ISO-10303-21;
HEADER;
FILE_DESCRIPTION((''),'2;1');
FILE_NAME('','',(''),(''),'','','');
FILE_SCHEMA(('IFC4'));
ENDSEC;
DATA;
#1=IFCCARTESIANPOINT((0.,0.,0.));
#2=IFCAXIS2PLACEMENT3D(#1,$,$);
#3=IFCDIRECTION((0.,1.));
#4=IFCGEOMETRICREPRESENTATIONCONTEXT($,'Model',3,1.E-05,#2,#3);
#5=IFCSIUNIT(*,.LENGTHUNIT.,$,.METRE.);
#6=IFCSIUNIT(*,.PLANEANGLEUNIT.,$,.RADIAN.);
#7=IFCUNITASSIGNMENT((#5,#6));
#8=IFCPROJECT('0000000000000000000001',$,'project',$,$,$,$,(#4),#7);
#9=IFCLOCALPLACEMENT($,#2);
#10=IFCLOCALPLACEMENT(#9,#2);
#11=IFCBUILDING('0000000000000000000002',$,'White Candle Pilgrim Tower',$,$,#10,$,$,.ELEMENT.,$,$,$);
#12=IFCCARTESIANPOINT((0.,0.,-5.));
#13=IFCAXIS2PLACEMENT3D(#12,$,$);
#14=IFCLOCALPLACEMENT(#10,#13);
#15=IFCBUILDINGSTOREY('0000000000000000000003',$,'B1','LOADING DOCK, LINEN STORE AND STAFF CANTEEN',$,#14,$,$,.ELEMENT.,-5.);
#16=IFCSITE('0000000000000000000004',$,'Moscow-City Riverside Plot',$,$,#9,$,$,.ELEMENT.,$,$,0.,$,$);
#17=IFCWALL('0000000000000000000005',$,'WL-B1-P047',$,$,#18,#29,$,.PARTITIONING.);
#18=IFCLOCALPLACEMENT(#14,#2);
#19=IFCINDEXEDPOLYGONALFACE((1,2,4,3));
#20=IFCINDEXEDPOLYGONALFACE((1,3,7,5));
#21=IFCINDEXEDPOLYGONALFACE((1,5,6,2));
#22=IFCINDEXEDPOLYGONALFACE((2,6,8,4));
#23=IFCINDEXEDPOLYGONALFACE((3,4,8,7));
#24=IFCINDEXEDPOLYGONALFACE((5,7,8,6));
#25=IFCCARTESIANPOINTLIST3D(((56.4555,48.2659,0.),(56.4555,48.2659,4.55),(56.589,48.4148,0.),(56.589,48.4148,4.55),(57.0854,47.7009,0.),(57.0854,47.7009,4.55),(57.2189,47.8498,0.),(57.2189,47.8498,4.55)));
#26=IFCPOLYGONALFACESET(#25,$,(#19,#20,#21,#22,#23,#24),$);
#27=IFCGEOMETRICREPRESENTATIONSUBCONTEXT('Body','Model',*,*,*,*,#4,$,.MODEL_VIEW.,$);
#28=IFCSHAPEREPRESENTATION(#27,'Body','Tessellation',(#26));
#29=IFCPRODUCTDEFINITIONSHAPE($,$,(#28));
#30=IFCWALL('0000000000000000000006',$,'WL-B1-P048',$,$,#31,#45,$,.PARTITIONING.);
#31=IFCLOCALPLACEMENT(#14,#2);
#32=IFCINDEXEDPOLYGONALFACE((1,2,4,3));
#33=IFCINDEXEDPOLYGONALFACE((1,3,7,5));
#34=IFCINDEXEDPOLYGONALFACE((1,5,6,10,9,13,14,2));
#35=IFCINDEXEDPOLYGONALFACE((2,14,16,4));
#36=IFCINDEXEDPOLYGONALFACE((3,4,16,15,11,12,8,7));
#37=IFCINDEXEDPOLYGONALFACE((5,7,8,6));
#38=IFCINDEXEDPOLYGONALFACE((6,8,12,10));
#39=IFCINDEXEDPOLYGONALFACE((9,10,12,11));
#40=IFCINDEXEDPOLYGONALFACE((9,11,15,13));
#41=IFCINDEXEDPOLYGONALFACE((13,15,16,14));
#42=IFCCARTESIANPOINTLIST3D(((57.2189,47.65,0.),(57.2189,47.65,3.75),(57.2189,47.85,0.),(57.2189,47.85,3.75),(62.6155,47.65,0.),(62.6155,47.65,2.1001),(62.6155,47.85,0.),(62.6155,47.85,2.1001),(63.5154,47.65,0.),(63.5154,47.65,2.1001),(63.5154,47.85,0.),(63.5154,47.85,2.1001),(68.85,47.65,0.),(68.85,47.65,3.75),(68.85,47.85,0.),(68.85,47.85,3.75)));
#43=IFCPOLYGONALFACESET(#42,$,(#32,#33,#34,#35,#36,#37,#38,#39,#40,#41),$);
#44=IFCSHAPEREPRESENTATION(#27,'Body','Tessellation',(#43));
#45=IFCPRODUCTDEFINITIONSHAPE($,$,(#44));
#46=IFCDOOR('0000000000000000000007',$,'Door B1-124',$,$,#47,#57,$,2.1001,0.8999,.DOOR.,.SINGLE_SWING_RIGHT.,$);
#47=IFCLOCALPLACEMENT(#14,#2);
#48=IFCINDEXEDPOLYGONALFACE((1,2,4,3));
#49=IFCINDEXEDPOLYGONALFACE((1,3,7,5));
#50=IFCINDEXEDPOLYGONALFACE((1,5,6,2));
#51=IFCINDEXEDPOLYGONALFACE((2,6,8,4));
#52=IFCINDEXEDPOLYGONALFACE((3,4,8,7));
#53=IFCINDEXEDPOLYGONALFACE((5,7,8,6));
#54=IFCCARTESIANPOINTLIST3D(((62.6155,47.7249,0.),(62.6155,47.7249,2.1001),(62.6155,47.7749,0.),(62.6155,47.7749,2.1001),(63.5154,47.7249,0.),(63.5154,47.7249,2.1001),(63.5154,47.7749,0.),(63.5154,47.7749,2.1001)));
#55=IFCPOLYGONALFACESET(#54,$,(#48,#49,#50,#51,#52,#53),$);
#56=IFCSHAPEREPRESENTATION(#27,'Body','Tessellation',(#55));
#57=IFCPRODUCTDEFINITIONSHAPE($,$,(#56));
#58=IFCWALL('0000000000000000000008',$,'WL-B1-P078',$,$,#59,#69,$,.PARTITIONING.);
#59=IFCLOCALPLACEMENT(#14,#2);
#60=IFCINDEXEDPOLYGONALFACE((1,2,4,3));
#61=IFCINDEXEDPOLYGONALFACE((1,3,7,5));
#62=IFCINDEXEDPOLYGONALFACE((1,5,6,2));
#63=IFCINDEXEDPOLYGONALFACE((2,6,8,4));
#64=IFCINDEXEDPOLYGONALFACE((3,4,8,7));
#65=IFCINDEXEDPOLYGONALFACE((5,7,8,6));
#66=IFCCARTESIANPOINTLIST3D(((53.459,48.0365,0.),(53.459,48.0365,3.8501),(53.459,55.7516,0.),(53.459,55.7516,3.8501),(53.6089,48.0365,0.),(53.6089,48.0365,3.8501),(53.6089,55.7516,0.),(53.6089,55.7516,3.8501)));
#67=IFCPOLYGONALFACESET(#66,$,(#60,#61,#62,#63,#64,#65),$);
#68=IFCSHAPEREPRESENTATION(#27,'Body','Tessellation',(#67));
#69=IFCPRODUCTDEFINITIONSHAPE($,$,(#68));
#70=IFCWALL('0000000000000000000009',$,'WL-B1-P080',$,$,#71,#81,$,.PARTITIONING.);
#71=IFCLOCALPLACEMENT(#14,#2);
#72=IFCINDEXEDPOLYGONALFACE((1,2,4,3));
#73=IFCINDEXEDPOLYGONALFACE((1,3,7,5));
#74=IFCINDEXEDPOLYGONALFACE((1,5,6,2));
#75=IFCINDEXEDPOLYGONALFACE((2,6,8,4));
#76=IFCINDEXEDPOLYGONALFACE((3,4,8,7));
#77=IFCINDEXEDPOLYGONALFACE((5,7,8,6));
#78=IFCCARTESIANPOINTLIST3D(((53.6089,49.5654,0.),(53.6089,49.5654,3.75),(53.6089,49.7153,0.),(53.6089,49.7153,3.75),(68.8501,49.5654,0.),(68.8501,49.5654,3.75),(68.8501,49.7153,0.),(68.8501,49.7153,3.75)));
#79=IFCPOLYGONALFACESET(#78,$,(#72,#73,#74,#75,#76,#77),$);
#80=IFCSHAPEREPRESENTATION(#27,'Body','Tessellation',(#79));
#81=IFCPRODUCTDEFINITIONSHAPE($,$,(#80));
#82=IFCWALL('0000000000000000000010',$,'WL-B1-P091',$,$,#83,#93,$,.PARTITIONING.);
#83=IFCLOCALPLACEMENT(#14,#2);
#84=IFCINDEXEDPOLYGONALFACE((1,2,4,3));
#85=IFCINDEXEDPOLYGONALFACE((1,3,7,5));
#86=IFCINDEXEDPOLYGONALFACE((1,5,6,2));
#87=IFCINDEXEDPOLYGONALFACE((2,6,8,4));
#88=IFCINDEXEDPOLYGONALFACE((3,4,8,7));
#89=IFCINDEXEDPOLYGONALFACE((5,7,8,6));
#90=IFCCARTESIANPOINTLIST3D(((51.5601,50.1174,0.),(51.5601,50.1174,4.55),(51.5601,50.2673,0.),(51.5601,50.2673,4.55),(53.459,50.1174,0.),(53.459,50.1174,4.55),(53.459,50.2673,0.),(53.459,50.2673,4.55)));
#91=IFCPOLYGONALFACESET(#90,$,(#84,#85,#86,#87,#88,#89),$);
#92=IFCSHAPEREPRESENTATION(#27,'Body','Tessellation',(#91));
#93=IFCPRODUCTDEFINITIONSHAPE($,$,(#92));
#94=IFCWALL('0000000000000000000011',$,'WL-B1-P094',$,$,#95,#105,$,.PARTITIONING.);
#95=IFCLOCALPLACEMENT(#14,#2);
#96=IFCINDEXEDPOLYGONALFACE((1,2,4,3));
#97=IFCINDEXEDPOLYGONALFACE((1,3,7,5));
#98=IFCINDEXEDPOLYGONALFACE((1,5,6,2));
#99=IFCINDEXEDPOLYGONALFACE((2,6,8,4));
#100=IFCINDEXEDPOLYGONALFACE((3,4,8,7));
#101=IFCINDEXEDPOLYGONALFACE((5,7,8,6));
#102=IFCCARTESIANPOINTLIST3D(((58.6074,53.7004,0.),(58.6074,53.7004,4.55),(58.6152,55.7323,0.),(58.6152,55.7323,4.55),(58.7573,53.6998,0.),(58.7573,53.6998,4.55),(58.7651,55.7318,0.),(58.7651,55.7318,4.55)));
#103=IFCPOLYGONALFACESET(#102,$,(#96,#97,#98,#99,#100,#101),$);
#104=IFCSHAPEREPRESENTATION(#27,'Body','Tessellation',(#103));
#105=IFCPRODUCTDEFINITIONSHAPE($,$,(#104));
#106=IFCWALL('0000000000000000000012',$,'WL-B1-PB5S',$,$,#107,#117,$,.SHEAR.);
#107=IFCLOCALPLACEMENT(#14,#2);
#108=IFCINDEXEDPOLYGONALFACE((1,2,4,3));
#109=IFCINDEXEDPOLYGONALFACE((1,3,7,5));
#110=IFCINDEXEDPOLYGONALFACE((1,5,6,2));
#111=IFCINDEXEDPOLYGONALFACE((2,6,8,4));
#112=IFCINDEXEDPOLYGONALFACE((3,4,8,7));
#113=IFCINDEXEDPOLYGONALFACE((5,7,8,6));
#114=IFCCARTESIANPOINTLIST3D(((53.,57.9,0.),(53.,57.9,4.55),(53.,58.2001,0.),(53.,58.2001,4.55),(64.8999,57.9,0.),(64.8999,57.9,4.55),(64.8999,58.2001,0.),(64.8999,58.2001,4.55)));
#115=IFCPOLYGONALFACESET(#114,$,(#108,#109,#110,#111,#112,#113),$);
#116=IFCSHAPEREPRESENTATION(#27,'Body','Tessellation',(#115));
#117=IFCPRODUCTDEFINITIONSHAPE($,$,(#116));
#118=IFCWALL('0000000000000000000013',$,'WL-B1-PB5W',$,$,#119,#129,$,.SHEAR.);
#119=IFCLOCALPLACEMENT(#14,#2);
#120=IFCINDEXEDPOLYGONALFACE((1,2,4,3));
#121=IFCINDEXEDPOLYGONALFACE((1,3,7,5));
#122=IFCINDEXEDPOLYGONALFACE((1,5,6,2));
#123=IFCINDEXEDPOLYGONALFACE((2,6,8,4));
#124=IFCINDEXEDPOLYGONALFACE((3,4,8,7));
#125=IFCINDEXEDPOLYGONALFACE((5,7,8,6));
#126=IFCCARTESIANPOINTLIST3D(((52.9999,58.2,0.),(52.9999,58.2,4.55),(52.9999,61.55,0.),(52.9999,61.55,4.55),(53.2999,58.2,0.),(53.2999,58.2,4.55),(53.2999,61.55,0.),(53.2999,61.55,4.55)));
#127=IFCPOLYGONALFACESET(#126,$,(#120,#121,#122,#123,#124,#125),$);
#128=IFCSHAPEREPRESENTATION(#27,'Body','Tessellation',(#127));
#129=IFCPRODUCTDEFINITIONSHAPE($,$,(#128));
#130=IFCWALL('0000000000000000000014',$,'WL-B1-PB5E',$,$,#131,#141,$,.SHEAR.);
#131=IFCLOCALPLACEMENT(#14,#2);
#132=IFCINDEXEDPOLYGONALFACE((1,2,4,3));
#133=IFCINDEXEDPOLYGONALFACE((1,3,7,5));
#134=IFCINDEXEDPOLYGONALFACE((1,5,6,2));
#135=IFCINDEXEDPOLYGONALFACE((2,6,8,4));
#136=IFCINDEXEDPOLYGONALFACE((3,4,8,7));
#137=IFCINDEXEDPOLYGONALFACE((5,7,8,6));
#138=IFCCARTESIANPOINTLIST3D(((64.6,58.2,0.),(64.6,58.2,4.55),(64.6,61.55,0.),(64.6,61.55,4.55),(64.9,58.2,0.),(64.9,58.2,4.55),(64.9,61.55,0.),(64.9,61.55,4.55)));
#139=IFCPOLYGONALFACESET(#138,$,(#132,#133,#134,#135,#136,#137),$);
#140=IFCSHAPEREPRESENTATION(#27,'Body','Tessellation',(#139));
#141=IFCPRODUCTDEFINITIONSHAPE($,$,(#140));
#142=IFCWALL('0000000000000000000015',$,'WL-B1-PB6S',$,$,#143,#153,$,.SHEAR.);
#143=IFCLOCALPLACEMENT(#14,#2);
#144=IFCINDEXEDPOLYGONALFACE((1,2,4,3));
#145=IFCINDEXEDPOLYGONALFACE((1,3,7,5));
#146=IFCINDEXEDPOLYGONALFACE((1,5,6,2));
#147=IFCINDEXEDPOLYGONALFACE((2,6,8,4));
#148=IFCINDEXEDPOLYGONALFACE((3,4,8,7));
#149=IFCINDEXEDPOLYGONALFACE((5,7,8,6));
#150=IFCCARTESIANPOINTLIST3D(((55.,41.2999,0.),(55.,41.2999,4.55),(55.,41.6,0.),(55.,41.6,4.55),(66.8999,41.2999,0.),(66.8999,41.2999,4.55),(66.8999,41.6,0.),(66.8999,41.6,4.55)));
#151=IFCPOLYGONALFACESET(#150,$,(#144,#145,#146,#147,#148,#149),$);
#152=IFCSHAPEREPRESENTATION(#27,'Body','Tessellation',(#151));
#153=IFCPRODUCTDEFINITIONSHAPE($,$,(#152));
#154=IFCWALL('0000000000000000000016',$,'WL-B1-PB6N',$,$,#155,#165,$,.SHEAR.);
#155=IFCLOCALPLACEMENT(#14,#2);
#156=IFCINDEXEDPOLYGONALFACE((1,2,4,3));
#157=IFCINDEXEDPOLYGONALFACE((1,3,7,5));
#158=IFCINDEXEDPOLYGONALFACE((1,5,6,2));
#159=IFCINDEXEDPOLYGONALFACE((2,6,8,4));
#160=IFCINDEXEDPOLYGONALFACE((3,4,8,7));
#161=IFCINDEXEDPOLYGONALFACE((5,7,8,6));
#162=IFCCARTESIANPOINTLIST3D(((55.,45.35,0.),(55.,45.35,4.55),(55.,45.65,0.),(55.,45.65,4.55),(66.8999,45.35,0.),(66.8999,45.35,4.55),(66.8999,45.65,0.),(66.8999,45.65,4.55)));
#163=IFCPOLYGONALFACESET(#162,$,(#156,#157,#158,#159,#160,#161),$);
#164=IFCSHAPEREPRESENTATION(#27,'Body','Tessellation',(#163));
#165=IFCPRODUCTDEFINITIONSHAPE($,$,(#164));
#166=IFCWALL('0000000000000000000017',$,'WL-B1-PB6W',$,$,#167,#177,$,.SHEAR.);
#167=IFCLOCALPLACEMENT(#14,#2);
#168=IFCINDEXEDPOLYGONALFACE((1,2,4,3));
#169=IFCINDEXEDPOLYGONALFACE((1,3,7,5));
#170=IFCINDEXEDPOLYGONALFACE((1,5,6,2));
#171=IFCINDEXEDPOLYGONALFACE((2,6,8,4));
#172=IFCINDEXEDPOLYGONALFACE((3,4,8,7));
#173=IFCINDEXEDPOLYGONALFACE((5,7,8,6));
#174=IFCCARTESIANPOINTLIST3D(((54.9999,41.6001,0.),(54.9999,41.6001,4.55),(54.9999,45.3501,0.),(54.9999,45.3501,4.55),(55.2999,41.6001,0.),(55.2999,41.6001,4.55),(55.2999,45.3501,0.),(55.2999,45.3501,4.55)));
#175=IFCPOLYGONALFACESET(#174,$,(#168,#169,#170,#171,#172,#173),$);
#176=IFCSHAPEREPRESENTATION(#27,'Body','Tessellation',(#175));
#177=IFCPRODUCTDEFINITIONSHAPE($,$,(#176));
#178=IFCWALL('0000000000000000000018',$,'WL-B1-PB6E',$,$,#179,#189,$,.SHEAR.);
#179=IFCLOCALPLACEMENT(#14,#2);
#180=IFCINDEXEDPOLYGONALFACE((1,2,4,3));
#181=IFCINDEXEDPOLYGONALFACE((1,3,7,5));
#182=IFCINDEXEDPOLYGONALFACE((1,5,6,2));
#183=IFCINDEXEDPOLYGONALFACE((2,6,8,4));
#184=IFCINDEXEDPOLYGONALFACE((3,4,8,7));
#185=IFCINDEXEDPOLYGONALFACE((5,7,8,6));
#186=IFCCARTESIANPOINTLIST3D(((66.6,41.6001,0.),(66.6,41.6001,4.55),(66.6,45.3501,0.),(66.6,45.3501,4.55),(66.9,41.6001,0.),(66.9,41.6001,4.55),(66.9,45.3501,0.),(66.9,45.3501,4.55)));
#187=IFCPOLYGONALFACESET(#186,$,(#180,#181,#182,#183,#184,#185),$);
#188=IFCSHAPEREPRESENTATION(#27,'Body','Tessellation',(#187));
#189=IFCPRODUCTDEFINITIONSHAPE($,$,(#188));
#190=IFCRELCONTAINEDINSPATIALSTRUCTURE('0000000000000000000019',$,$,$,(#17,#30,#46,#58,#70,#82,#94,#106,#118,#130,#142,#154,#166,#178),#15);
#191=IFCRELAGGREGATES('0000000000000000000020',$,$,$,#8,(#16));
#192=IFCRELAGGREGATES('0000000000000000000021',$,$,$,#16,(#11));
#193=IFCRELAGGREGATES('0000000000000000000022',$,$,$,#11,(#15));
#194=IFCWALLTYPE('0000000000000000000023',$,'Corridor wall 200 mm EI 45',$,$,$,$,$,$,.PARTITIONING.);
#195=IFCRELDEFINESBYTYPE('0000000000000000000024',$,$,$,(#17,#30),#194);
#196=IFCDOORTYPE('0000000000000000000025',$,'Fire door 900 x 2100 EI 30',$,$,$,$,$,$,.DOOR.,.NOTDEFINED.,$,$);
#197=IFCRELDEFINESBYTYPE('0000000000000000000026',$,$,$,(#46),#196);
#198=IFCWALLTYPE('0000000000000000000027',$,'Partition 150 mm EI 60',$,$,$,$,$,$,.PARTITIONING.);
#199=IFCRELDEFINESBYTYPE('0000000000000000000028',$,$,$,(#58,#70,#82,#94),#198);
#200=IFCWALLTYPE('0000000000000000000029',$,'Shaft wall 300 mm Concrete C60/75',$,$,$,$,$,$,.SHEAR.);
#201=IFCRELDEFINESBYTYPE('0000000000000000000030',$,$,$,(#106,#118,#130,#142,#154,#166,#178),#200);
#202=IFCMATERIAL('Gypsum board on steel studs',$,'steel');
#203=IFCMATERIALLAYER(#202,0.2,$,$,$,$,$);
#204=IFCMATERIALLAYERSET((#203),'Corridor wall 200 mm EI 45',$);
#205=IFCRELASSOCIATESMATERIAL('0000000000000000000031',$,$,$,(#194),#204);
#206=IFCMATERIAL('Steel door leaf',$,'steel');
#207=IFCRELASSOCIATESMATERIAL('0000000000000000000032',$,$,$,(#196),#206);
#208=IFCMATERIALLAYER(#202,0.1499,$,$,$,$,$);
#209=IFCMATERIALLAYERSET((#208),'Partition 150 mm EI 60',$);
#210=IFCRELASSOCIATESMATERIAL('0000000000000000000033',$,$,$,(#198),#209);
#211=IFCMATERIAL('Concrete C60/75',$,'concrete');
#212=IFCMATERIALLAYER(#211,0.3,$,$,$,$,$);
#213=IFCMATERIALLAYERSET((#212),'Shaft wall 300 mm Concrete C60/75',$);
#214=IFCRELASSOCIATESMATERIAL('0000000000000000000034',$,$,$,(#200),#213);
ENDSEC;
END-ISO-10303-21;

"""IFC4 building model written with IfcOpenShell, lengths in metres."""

from ifc_helpers import new_model, si_unit, direction, frame, frame_2d, origin, place, context, subcontext, project, spatial, rectangle, extrude, material, layer, layer_set, type_object, element, fill, save


model = new_model("IFC4")

# Units and contexts
model_context = context("Model", 3, precision=1e-05, world=origin(), true_north=direction((0.0, 1.0)))
body_context = subcontext(model_context, "Body", "Model", "MODEL_VIEW")
ifc_project = project(units=[si_unit("LENGTHUNIT", "METRE"), si_unit("PLANEANGLEUNIT", "RADIAN")], contexts=[model_context])

# Site, building, storey
site_placement = place(None, origin())
site = spatial("IfcSite", under=ifc_project, at=site_placement, Name="Moscow-City Riverside Plot", CompositionType="ELEMENT", RefElevation=0.0)
building_placement = place(site_placement, origin())
building = spatial("IfcBuilding", under=site, at=building_placement, Name="White Candle Pilgrim Tower", CompositionType="ELEMENT")
storey_placement = place(building_placement, frame((0.0, 0.0, -5.0)))
storey = spatial("IfcBuildingStorey", under=building, at=storey_placement, Name="B1", Description="LOADING DOCK, LINEN STORE AND STAFF CANTEEN", CompositionType="ELEMENT", Elevation=-5.0)

# Shared definitions
ifc_material_1 = material(Name="Gypsum board on steel studs", Category="steel")
ifc_layer_1 = layer(ifc_material_1, 0.2)
ifc_layer_set_1 = layer_set([ifc_layer_1], Name="Corridor wall 200 mm EI 45")
wall_type_1 = type_object("IfcWallType", Name="Corridor wall 200 mm EI 45", PredefinedType="PARTITIONING", material=ifc_layer_set_1)
ifc_material_2 = material(Name="Steel door leaf", Category="steel")
door_type = type_object("IfcDoorType", Name="Fire door 900 x 2100 EI 30", OperationType="NOTDEFINED", PredefinedType="DOOR", material=ifc_material_2)

# Wall
wall_1_placement = place(storey_placement, frame((56.5222, 48.3403, 0.0), z_axis=(0.0, 0.0, 1.0), x_axis=(0.744441, -0.667688, 0.0)))
element("IfcWall", 1, at=wall_1_placement, inside=storey, type_object=wall_type_1, Name="WL-B1-P047", PredefinedType="PARTITIONING", context=body_context, shape_type="SweptSolid", body=[
    extrude(rectangle(XDim=0.8462, YDim=0.2, at=frame_2d((0.4231, 0.0))), origin(), (0.0, 0.0, 1.0), 4.55),
])

# Wall, opening, door
wall_2_placement = place(storey_placement, frame((57.219, 47.75, 0.0), z_axis=(0.0, 0.0, 1.0), x_axis=(1.0, 0.0, 0.0)))
wall_2 = element("IfcWall", 2, at=wall_2_placement, inside=storey, type_object=wall_type_1, Name="WL-B1-P048", PredefinedType="PARTITIONING", context=body_context, shape_type="SweptSolid", body=[
    extrude(rectangle(XDim=11.6311, YDim=0.2, at=frame_2d((5.8154, 0.0))), origin(), (0.0, 0.0, 1.0), 3.75),
])
opening_1_placement = place(wall_2_placement, frame((5.3965, 0.0, 0.0)))
opening_1 = element("IfcOpeningElement", 3, at=opening_1_placement, cuts=wall_2, PredefinedType="OPENING", context=body_context, shape_type="SweptSolid", body=[
    extrude(rectangle(XDim=0.8999, YDim=2.1001, at=frame_2d((0.45, 1.05))), frame((0.0, 0.1099, 0.0), z_axis=(0.0, -1.0, 0.0), x_axis=(1.0, 0.0, 0.0)), (0.0, 0.0, 1.0), 0.22),
])
door_1_placement = place(opening_1_placement, origin())
door_1 = element("IfcDoor", 4, at=door_1_placement, inside=storey, type_object=door_type, Name="Door B1-124", OperationType="SINGLE_SWING_RIGHT", OverallHeight=2.1001, OverallWidth=0.8999, PredefinedType="DOOR", context=body_context, shape_type="SweptSolid", body=[
    extrude(rectangle(XDim=0.8999, YDim=2.1001, at=frame_2d((0.45, 1.05))), frame((0.0, 0.0249, 0.0), z_axis=(0.0, -1.0, 0.0), x_axis=(1.0, 0.0, 0.0)), (0.0, 0.0, 1.0), 0.05),
])
fill(opening_1, door_1)

# Walls
ifc_layer_2 = layer(ifc_material_1, 0.1499)
ifc_layer_set_2 = layer_set([ifc_layer_2], Name="Partition 150 mm EI 60")
wall_type_2 = type_object("IfcWallType", Name="Partition 150 mm EI 60", PredefinedType="PARTITIONING", material=ifc_layer_set_2)
wall_3_placement = place(storey_placement, frame((53.5339, 48.0366, 0.0), z_axis=(0.0, 0.0, 1.0), x_axis=(0.0, 1.0, 0.0)))
element("IfcWall", 5, at=wall_3_placement, inside=storey, type_object=wall_type_2, Name="WL-B1-P078", PredefinedType="PARTITIONING", context=body_context, shape_type="SweptSolid", body=[
    extrude(rectangle(XDim=7.7151, YDim=0.1499, at=frame_2d((3.8574, 0.0))), origin(), (0.0, 0.0, 1.0), 3.8501),
])
wall_4_placement = place(storey_placement, frame((53.6089, 49.6404, 0.0), z_axis=(0.0, 0.0, 1.0), x_axis=(1.0, 0.0, 0.0)))
element("IfcWall", 6, at=wall_4_placement, inside=storey, type_object=wall_type_2, Name="WL-B1-P080", PredefinedType="PARTITIONING", context=body_context, shape_type="SweptSolid", body=[
    extrude(rectangle(XDim=15.2412, YDim=0.1499, at=frame_2d((7.6206, 0.0))), origin(), (0.0, 0.0, 1.0), 3.75),
])
wall_5_placement = place(storey_placement, frame((51.5601, 50.1924, 0.0), z_axis=(0.0, 0.0, 1.0), x_axis=(1.0, 0.0, 0.0)))
element("IfcWall", 7, at=wall_5_placement, inside=storey, type_object=wall_type_2, Name="WL-B1-P091", PredefinedType="PARTITIONING", context=body_context, shape_type="SweptSolid", body=[
    extrude(rectangle(XDim=1.8989, YDim=0.1499, at=frame_2d((0.9495, 0.0))), origin(), (0.0, 0.0, 1.0), 4.55),
])
wall_6_placement = place(storey_placement, frame((58.6824, 53.7, 0.0), z_axis=(0.0, 0.0, 1.0), x_axis=(0.003845, 0.999993, 0.0)))
element("IfcWall", 8, at=wall_6_placement, inside=storey, type_object=wall_type_2, Name="WL-B1-P094", PredefinedType="PARTITIONING", context=body_context, shape_type="SweptSolid", body=[
    extrude(rectangle(XDim=2.032, YDim=0.1499, at=frame_2d((1.0161, 0.0))), origin(), (0.0, 0.0, 1.0), 4.55),
])
ifc_material_3 = material(Name="Concrete C60/75", Category="concrete")
ifc_layer_3 = layer(ifc_material_3, 0.3)
ifc_layer_set_3 = layer_set([ifc_layer_3], Name="Shaft wall 300 mm Concrete C60/75")
wall_type_3 = type_object("IfcWallType", Name="Shaft wall 300 mm Concrete C60/75", PredefinedType="SHEAR", material=ifc_layer_set_3)
wall_7_placement = place(storey_placement, frame((53.0, 58.05, 0.0), z_axis=(0.0, 0.0, 1.0), x_axis=(1.0, 0.0, 0.0)))
element("IfcWall", 9, at=wall_7_placement, inside=storey, type_object=wall_type_3, Name="WL-B1-PB5S", PredefinedType="SHEAR", context=body_context, shape_type="SweptSolid", body=[
    extrude(rectangle(XDim=11.8999, YDim=0.3, at=frame_2d((5.95, 0.0))), origin(), (0.0, 0.0, 1.0), 4.55),
])
for number, where, z_axis, x_axis, name in (
    (10, (53.1499, 58.2, 0.0), (0.0, 0.0, 1.0), (0.0, 1.0, 0.0), "WL-B1-PB5W"),
    (11, (64.75, 58.2, 0.0), (0.0, 0.0, 1.0), (0.0, 1.0, 0.0), "WL-B1-PB5E"),
):
    element("IfcWall", number, at=place(storey_placement, frame(where, z_axis=z_axis, x_axis=x_axis)), inside=storey, type_object=wall_type_3, Name=name, PredefinedType="SHEAR", context=body_context, shape_type="SweptSolid", body=[
        extrude(rectangle(XDim=3.3501, YDim=0.3, at=frame_2d((1.675, 0.0))), origin(), (0.0, 0.0, 1.0), 4.55),
    ])
for number, where, z_axis, x_axis, name in (
    (12, (55.0, 41.45, 0.0), (0.0, 0.0, 1.0), (1.0, 0.0, 0.0), "WL-B1-PB6S"),
    (13, (55.0, 45.5, 0.0), (0.0, 0.0, 1.0), (1.0, 0.0, 0.0), "WL-B1-PB6N"),
):
    element("IfcWall", number, at=place(storey_placement, frame(where, z_axis=z_axis, x_axis=x_axis)), inside=storey, type_object=wall_type_3, Name=name, PredefinedType="SHEAR", context=body_context, shape_type="SweptSolid", body=[
        extrude(rectangle(XDim=11.8999, YDim=0.3, at=frame_2d((5.95, 0.0))), origin(), (0.0, 0.0, 1.0), 4.55),
    ])
for number, where, z_axis, x_axis, name in (
    (14, (55.1499, 41.6001, 0.0), (0.0, 0.0, 1.0), (0.0, 1.0, 0.0), "WL-B1-PB6W"),
    (15, (66.75, 41.6001, 0.0), (0.0, 0.0, 1.0), (0.0, 1.0, 0.0), "WL-B1-PB6E"),
):
    element("IfcWall", number, at=place(storey_placement, frame(where, z_axis=z_axis, x_axis=x_axis)), inside=storey, type_object=wall_type_3, Name=name, PredefinedType="SHEAR", context=body_context, shape_type="SweptSolid", body=[
        extrude(rectangle(XDim=3.75, YDim=0.3, at=frame_2d((1.875, 0.0))), origin(), (0.0, 0.0, 1.0), 4.55),
    ])

save(model, "model.ifc")
